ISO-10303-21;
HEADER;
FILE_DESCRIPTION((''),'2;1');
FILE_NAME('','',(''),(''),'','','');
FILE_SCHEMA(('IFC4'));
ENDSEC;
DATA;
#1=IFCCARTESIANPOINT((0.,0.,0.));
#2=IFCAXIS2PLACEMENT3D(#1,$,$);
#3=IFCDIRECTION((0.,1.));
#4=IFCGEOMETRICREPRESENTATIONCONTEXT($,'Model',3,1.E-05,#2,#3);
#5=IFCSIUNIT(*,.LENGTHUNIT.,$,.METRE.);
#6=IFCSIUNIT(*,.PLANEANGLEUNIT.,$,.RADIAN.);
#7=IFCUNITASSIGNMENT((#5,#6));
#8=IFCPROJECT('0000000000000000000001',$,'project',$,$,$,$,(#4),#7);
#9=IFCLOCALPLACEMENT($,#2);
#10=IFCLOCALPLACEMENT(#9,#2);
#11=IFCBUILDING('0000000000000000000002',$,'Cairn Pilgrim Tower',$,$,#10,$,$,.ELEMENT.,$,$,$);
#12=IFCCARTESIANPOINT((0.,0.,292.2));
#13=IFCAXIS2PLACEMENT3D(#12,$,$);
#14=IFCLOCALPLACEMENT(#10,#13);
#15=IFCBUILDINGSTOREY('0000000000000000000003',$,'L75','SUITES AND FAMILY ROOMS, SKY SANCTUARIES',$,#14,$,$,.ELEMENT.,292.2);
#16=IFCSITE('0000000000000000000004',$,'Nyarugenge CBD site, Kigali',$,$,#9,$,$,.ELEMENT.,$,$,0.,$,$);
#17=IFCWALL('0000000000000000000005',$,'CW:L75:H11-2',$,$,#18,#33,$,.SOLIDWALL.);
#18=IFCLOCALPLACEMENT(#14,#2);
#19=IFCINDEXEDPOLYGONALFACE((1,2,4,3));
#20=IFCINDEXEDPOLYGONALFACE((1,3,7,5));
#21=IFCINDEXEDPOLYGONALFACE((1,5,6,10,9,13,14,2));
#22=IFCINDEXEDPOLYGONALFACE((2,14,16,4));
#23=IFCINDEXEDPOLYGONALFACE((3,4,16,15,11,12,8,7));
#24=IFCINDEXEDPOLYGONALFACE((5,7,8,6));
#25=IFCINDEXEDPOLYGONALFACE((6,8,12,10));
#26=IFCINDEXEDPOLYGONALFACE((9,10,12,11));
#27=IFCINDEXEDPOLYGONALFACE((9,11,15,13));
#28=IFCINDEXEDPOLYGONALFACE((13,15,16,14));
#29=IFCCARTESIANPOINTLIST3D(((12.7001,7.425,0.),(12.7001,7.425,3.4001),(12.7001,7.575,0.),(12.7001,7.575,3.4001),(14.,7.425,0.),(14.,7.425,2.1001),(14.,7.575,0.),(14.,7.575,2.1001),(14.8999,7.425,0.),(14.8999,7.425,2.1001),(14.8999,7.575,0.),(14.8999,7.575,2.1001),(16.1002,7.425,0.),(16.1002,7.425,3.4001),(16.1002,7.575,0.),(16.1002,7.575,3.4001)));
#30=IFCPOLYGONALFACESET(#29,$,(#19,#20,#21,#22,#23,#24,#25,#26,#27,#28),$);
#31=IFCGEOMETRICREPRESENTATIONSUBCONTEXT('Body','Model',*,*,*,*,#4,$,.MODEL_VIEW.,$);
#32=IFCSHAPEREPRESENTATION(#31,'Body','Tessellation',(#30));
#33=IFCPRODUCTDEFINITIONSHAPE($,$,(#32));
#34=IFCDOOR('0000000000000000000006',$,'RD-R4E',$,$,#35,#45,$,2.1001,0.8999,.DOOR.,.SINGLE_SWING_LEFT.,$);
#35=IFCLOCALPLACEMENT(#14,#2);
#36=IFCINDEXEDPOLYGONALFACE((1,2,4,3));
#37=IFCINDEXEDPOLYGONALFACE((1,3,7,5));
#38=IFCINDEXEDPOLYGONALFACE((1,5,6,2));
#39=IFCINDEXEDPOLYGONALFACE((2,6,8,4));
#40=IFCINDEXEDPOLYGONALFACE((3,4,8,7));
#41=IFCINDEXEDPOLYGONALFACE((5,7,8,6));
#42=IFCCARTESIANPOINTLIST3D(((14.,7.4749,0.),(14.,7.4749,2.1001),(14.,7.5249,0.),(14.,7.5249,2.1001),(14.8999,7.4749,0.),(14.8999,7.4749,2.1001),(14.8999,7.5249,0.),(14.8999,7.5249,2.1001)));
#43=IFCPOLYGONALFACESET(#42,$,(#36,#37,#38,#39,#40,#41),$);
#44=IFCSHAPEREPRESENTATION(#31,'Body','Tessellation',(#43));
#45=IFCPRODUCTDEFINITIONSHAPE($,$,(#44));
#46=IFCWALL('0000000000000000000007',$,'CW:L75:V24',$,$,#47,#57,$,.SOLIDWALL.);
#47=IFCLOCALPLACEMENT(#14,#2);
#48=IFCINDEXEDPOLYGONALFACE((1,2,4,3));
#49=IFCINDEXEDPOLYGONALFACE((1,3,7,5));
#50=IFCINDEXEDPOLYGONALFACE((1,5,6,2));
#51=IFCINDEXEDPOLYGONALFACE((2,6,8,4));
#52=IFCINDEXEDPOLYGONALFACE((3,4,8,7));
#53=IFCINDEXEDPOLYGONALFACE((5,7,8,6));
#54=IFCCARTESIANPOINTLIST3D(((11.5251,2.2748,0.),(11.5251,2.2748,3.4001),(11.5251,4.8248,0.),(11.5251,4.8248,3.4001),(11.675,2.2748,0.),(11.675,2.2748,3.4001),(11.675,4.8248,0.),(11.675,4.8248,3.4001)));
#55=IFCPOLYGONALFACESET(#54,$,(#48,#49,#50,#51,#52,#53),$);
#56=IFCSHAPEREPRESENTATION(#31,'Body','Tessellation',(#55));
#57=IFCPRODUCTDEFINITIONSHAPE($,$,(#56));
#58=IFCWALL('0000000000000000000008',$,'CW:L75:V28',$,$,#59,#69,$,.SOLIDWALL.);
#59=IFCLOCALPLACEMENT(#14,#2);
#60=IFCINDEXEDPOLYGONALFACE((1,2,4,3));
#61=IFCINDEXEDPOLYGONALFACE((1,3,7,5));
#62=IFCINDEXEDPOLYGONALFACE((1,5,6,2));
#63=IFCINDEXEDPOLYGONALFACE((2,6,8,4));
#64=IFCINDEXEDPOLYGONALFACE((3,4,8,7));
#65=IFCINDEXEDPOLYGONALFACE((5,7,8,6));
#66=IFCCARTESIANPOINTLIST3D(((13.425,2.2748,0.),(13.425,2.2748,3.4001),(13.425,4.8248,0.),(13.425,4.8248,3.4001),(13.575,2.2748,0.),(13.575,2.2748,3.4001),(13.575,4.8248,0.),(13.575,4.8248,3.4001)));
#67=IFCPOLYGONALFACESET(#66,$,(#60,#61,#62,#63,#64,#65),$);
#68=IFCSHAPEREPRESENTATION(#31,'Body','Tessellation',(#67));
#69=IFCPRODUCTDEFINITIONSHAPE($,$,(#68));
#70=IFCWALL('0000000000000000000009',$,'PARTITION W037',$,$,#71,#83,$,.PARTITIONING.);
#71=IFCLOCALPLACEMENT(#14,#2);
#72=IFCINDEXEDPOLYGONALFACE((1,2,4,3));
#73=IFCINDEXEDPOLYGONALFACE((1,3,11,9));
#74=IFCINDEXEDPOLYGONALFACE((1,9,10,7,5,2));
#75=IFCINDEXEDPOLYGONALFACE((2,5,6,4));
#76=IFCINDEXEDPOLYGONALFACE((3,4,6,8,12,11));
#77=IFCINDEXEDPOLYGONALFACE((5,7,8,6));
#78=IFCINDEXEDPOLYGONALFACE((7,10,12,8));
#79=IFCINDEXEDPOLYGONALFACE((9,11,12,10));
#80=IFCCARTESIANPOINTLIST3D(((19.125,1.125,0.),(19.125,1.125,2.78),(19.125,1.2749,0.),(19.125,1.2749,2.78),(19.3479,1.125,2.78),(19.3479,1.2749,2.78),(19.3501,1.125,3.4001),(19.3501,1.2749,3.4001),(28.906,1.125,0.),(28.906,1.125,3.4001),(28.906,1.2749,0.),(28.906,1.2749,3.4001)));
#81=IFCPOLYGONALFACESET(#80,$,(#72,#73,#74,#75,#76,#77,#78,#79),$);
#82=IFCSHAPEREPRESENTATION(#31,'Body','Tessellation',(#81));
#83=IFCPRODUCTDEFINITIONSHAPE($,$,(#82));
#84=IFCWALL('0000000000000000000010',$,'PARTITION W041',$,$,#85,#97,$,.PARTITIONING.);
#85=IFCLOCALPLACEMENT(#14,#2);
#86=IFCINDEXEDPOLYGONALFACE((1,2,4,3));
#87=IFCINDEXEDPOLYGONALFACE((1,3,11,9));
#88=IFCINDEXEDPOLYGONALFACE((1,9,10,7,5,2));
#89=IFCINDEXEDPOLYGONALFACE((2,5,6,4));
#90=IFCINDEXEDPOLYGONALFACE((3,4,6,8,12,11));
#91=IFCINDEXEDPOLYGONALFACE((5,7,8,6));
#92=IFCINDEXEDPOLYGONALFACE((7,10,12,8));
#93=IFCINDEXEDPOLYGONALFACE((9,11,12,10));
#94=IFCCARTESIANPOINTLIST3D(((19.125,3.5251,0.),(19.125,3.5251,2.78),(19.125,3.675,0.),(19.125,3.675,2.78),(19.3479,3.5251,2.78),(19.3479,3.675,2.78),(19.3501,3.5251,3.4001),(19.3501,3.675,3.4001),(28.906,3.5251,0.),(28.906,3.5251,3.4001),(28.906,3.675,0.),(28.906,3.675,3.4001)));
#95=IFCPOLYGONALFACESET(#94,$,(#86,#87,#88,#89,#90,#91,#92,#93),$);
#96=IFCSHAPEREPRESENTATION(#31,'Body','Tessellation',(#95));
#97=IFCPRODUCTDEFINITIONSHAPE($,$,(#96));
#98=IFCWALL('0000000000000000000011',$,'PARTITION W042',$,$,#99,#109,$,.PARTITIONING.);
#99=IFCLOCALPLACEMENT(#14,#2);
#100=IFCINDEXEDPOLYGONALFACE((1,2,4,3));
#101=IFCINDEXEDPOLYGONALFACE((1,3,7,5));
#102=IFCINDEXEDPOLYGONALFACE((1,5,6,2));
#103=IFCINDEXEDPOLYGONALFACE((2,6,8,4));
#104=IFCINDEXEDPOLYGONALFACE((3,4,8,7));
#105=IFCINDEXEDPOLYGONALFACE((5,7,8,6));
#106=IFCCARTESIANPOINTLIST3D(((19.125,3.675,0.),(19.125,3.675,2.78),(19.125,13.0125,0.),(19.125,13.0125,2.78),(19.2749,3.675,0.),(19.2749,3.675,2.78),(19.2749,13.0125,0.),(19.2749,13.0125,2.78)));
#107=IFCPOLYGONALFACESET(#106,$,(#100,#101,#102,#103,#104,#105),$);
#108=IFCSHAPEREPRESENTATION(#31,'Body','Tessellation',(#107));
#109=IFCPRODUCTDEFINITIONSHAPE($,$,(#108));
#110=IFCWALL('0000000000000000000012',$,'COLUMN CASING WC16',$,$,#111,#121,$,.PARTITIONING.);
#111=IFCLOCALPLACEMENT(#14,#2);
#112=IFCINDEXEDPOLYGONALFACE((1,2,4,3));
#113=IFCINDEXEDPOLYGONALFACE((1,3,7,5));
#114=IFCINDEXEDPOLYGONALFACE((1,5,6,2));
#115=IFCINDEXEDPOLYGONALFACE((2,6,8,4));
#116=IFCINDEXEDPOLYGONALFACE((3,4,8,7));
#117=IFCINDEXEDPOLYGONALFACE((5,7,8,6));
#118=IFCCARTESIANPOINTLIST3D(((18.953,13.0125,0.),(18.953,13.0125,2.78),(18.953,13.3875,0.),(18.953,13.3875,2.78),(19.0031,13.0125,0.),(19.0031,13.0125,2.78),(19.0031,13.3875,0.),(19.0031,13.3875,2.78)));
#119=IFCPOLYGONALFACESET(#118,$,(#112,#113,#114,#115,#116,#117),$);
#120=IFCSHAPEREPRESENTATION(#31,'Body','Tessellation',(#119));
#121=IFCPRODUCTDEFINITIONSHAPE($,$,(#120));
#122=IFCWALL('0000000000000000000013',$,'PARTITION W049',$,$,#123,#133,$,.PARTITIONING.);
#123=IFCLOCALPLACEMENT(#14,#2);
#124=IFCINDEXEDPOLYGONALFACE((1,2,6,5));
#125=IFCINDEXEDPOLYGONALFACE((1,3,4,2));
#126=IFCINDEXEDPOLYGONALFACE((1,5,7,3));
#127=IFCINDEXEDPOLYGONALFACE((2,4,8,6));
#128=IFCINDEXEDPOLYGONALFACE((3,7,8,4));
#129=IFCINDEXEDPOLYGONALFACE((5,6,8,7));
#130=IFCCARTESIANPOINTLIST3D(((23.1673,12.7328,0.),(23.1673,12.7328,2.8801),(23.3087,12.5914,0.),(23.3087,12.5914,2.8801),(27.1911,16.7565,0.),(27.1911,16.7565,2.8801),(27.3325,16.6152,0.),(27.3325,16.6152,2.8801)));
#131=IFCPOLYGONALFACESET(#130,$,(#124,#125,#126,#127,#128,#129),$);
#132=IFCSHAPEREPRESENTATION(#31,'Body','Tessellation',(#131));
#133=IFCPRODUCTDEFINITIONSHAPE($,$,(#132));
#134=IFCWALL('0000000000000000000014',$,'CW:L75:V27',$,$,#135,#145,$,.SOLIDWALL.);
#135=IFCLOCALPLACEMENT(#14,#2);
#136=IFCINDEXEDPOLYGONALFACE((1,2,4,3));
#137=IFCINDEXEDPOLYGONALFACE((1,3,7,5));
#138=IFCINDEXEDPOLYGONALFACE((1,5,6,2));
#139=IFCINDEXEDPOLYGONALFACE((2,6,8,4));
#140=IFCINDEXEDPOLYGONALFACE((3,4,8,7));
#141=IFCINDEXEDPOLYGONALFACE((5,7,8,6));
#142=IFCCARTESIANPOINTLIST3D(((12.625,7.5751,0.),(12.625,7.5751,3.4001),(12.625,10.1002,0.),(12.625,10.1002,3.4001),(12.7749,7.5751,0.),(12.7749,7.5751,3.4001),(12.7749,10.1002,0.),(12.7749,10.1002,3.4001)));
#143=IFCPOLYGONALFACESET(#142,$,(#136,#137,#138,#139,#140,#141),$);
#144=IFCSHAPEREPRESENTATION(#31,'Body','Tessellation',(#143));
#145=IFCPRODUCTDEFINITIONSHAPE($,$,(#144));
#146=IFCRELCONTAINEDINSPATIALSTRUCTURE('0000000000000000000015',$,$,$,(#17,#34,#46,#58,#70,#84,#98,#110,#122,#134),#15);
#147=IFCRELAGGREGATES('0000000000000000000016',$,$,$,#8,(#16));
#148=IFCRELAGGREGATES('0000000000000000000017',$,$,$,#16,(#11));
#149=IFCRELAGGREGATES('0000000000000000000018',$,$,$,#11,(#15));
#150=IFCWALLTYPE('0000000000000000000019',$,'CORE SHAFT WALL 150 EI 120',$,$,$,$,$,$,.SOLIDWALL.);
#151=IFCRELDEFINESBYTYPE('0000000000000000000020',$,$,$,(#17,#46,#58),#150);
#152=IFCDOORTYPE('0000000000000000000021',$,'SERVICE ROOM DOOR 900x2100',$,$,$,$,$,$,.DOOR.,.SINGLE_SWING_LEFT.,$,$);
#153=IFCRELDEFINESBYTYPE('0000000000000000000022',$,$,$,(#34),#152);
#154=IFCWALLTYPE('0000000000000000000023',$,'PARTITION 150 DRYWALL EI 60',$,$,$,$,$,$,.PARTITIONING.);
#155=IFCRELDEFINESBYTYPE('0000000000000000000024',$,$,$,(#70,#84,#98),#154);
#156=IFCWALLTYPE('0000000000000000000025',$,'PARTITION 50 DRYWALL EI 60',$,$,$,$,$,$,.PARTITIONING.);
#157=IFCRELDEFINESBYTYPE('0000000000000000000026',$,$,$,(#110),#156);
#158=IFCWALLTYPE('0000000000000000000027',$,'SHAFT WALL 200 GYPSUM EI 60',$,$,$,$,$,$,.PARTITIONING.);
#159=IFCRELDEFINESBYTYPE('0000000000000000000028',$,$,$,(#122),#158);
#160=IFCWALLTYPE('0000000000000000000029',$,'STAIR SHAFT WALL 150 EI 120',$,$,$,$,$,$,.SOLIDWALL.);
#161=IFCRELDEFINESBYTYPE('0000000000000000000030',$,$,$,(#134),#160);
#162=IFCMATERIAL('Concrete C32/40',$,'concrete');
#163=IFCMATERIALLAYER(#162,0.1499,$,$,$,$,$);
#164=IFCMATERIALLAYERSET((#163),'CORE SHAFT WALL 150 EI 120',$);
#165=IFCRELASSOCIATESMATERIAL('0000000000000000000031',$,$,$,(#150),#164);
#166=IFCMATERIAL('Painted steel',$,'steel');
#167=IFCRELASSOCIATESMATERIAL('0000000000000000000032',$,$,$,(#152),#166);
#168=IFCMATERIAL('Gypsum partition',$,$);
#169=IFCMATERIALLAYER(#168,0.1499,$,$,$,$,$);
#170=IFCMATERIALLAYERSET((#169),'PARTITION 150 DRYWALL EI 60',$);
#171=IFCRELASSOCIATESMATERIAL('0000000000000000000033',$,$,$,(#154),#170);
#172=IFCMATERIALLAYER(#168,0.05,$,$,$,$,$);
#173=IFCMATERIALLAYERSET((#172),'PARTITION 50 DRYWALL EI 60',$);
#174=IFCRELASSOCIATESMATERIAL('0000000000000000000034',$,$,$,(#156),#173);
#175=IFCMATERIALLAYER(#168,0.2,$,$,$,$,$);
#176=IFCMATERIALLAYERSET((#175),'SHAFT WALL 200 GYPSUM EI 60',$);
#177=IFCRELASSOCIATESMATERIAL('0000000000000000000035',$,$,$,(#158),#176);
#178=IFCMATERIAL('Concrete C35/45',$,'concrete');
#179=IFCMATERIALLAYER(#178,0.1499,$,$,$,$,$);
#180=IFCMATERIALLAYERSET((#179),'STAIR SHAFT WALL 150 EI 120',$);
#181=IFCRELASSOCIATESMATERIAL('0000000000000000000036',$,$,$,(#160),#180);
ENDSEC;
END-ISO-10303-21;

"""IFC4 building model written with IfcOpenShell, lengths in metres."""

from ifc_helpers import new_model, si_unit, direction, frame, frame_2d, origin, place, context, subcontext, project, spatial, polyline, rectangle, outline, extrude, material, layer, layer_set, type_object, element, fill, save


model = new_model("IFC4")

# Units and contexts
model_context = context("Model", 3, precision=1e-05, world=origin(), true_north=direction((0.0, 1.0)))
body_context = subcontext(model_context, "Body", "Model", "MODEL_VIEW")
ifc_project = project(units=[si_unit("LENGTHUNIT", "METRE"), si_unit("PLANEANGLEUNIT", "RADIAN")], contexts=[model_context])

# Site, building, storey
site_placement = place(None, origin())
site = spatial("IfcSite", under=ifc_project, at=site_placement, Name="Nyarugenge CBD site, Kigali", CompositionType="ELEMENT", RefElevation=0.0)
building_placement = place(site_placement, origin())
building = spatial("IfcBuilding", under=site, at=building_placement, Name="Cairn Pilgrim Tower", CompositionType="ELEMENT")
storey_placement = place(building_placement, frame((0.0, 0.0, 292.2)))
storey = spatial("IfcBuildingStorey", under=building, at=storey_placement, Name="L75", Description="SUITES AND FAMILY ROOMS, SKY SANCTUARIES", CompositionType="ELEMENT", Elevation=292.2)

# Shared definitions
ifc_material_1 = material(Name="Concrete C32/40", Category="concrete")

# Wall, opening, door
ifc_layer_1 = layer(ifc_material_1, 0.1499)
ifc_layer_set_1 = layer_set([ifc_layer_1], Name="CORE SHAFT WALL 150 EI 120")
wall_type_1 = type_object("IfcWallType", Name="CORE SHAFT WALL 150 EI 120", PredefinedType="SOLIDWALL", material=ifc_layer_set_1)
wall_1_placement = place(storey_placement, frame((12.7, 7.5, 0.0), z_axis=(0.0, 0.0, 1.0), x_axis=(1.0, 0.0, 0.0)))
wall_1 = element("IfcWall", 1, at=wall_1_placement, inside=storey, type_object=wall_type_1, Name="CW:L75:H11-2", PredefinedType="SOLIDWALL", context=body_context, shape_type="SweptSolid", body=[
    extrude(rectangle(XDim=3.4001, YDim=0.1499, at=frame_2d((1.7002, 0.0))), origin(), (0.0, 0.0, 1.0), 3.4001),
])
opening_placement = place(wall_1_placement, frame((1.3, 0.0, 0.0)))
opening = element("IfcOpeningElement", 2, at=opening_placement, cuts=wall_1, PredefinedType="OPENING", context=body_context, shape_type="SweptSolid", body=[
    extrude(rectangle(XDim=0.8999, YDim=2.1001, at=frame_2d((0.45, 1.05))), frame((0.0, 0.085, 0.0), z_axis=(0.0, -1.0, 0.0), x_axis=(1.0, 0.0, 0.0)), (0.0, 0.0, 1.0), 0.1699),
])
ifc_material_2 = material(Name="Painted steel", Category="steel")
door_type = type_object("IfcDoorType", Name="SERVICE ROOM DOOR 900x2100", OperationType="SINGLE_SWING_LEFT", PredefinedType="DOOR", material=ifc_material_2)
door_placement = place(opening_placement, origin())
door = element("IfcDoor", 3, at=door_placement, inside=storey, type_object=door_type, Name="RD-R4E", OperationType="SINGLE_SWING_LEFT", OverallHeight=2.1001, OverallWidth=0.8999, PredefinedType="DOOR", context=body_context, shape_type="SweptSolid", body=[
    extrude(rectangle(XDim=0.8999, YDim=2.1001, at=frame_2d((0.45, 1.05))), frame((0.0, 0.0249, 0.0), z_axis=(0.0, -1.0, 0.0), x_axis=(1.0, 0.0, 0.0)), (0.0, 0.0, 1.0), 0.05),
])
fill(opening, door)

# Walls
for number, where, z_axis, x_axis, name in (
    (4, (11.6001, 2.2749, 0.0), (0.0, 0.0, 1.0), (0.0, 1.0, 0.0), "CW:L75:V24"),
    (5, (13.5, 2.2749, 0.0), (0.0, 0.0, 1.0), (0.0, 1.0, 0.0), "CW:L75:V28"),
):
    element("IfcWall", number, at=place(storey_placement, frame(where, z_axis=z_axis, x_axis=x_axis)), inside=storey, type_object=wall_type_1, Name=name, PredefinedType="SOLIDWALL", context=body_context, shape_type="SweptSolid", body=[
        extrude(rectangle(XDim=2.55, YDim=0.1499, at=frame_2d((1.2749, 0.0))), origin(), (0.0, 0.0, 1.0), 3.4001),
    ])
ifc_material_3 = material(Name="Gypsum partition")
ifc_layer_2 = layer(ifc_material_3, 0.1499)
ifc_layer_set_2 = layer_set([ifc_layer_2], Name="PARTITION 150 DRYWALL EI 60")
wall_type_2 = type_object("IfcWallType", Name="PARTITION 150 DRYWALL EI 60", PredefinedType="PARTITIONING", material=ifc_layer_set_2)
for number, where, z_axis, x_axis, name in (
    (6, (19.125, 1.2, 0.0), (0.0, 0.0, 1.0), (1.0, 0.0, 0.0), "PARTITION W037"),
    (7, (19.125, 3.6001, 0.0), (0.0, 0.0, 1.0), (1.0, 0.0, 0.0), "PARTITION W041"),
):
    element("IfcWall", number, at=place(storey_placement, frame(where, z_axis=z_axis, x_axis=x_axis)), inside=storey, type_object=wall_type_2, Name=name, PredefinedType="PARTITIONING", context=body_context, shape_type="SweptSolid", body=[
        extrude(outline(polyline([(0.0, 0.0), (9.781, 0.0), (9.781, 3.4001), (0.2251, 3.4001), (0.2229, 2.78), (0.0, 2.78), (0.0, 0.0)])), frame((0.0, 0.075, 0.0), z_axis=(0.0, -1.0, 0.0), x_axis=(1.0, 0.0, 0.0)), (0.0, 0.0, 1.0), 0.1499),
    ])
wall_2_placement = place(storey_placement, frame((19.2, 3.675, 0.0), z_axis=(0.0, 0.0, 1.0), x_axis=(0.0, 1.0, 0.0)))
element("IfcWall", 8, at=wall_2_placement, inside=storey, type_object=wall_type_2, Name="PARTITION W042", PredefinedType="PARTITIONING", context=body_context, shape_type="SweptSolid", body=[
    extrude(rectangle(XDim=9.3374, YDim=0.1499, at=frame_2d((4.6687, 0.0))), origin(), (0.0, 0.0, 1.0), 2.78),
])
ifc_layer_3 = layer(ifc_material_3, 0.05)
ifc_layer_set_3 = layer_set([ifc_layer_3], Name="PARTITION 50 DRYWALL EI 60")
wall_type_3 = type_object("IfcWallType", Name="PARTITION 50 DRYWALL EI 60", PredefinedType="PARTITIONING", material=ifc_layer_set_3)
wall_3_placement = place(storey_placement, frame((18.978, 13.0125, 0.0), z_axis=(0.0, 0.0, 1.0), x_axis=(0.0, 1.0, 0.0)))
element("IfcWall", 9, at=wall_3_placement, inside=storey, type_object=wall_type_3, Name="COLUMN CASING WC16", PredefinedType="PARTITIONING", context=body_context, shape_type="SweptSolid", body=[
    extrude(rectangle(XDim=0.375, YDim=0.05, at=frame_2d((0.1875, 0.0))), origin(), (0.0, 0.0, 1.0), 2.78),
])
ifc_layer_4 = layer(ifc_material_3, 0.2)
ifc_layer_set_4 = layer_set([ifc_layer_4], Name="SHAFT WALL 200 GYPSUM EI 60")
wall_type_4 = type_object("IfcWallType", Name="SHAFT WALL 200 GYPSUM EI 60", PredefinedType="PARTITIONING", material=ifc_layer_set_4)
wall_4_placement = place(storey_placement, frame((23.238, 12.6621, 0.0), z_axis=(0.0, 0.0, 1.0), x_axis=(0.707107, 0.707107, 0.0)))
element("IfcWall", 10, at=wall_4_placement, inside=storey, type_object=wall_type_4, Name="PARTITION W049", PredefinedType="PARTITIONING", context=body_context, shape_type="SweptSolid", body=[
    extrude(rectangle(XDim=5.6904, YDim=0.2, at=frame_2d((2.8452, 0.0))), origin(), (0.0, 0.0, 1.0), 2.8801),
])
ifc_material_4 = material(Name="Concrete C35/45", Category="concrete")
ifc_layer_5 = layer(ifc_material_4, 0.1499)
ifc_layer_set_5 = layer_set([ifc_layer_5], Name="STAIR SHAFT WALL 150 EI 120")
wall_type_5 = type_object("IfcWallType", Name="STAIR SHAFT WALL 150 EI 120", PredefinedType="SOLIDWALL", material=ifc_layer_set_5)
wall_5_placement = place(storey_placement, frame((12.7, 7.575, 0.0), z_axis=(0.0, 0.0, 1.0), x_axis=(0.0, 1.0, 0.0)))
element("IfcWall", 11, at=wall_5_placement, inside=storey, type_object=wall_type_5, Name="CW:L75:V27", PredefinedType="SOLIDWALL", context=body_context, shape_type="SweptSolid", body=[
    extrude(rectangle(XDim=2.5251, YDim=0.1499, at=frame_2d((1.2627, 0.0))), origin(), (0.0, 0.0, 1.0), 3.4001),
])

save(model, "model.ifc")
